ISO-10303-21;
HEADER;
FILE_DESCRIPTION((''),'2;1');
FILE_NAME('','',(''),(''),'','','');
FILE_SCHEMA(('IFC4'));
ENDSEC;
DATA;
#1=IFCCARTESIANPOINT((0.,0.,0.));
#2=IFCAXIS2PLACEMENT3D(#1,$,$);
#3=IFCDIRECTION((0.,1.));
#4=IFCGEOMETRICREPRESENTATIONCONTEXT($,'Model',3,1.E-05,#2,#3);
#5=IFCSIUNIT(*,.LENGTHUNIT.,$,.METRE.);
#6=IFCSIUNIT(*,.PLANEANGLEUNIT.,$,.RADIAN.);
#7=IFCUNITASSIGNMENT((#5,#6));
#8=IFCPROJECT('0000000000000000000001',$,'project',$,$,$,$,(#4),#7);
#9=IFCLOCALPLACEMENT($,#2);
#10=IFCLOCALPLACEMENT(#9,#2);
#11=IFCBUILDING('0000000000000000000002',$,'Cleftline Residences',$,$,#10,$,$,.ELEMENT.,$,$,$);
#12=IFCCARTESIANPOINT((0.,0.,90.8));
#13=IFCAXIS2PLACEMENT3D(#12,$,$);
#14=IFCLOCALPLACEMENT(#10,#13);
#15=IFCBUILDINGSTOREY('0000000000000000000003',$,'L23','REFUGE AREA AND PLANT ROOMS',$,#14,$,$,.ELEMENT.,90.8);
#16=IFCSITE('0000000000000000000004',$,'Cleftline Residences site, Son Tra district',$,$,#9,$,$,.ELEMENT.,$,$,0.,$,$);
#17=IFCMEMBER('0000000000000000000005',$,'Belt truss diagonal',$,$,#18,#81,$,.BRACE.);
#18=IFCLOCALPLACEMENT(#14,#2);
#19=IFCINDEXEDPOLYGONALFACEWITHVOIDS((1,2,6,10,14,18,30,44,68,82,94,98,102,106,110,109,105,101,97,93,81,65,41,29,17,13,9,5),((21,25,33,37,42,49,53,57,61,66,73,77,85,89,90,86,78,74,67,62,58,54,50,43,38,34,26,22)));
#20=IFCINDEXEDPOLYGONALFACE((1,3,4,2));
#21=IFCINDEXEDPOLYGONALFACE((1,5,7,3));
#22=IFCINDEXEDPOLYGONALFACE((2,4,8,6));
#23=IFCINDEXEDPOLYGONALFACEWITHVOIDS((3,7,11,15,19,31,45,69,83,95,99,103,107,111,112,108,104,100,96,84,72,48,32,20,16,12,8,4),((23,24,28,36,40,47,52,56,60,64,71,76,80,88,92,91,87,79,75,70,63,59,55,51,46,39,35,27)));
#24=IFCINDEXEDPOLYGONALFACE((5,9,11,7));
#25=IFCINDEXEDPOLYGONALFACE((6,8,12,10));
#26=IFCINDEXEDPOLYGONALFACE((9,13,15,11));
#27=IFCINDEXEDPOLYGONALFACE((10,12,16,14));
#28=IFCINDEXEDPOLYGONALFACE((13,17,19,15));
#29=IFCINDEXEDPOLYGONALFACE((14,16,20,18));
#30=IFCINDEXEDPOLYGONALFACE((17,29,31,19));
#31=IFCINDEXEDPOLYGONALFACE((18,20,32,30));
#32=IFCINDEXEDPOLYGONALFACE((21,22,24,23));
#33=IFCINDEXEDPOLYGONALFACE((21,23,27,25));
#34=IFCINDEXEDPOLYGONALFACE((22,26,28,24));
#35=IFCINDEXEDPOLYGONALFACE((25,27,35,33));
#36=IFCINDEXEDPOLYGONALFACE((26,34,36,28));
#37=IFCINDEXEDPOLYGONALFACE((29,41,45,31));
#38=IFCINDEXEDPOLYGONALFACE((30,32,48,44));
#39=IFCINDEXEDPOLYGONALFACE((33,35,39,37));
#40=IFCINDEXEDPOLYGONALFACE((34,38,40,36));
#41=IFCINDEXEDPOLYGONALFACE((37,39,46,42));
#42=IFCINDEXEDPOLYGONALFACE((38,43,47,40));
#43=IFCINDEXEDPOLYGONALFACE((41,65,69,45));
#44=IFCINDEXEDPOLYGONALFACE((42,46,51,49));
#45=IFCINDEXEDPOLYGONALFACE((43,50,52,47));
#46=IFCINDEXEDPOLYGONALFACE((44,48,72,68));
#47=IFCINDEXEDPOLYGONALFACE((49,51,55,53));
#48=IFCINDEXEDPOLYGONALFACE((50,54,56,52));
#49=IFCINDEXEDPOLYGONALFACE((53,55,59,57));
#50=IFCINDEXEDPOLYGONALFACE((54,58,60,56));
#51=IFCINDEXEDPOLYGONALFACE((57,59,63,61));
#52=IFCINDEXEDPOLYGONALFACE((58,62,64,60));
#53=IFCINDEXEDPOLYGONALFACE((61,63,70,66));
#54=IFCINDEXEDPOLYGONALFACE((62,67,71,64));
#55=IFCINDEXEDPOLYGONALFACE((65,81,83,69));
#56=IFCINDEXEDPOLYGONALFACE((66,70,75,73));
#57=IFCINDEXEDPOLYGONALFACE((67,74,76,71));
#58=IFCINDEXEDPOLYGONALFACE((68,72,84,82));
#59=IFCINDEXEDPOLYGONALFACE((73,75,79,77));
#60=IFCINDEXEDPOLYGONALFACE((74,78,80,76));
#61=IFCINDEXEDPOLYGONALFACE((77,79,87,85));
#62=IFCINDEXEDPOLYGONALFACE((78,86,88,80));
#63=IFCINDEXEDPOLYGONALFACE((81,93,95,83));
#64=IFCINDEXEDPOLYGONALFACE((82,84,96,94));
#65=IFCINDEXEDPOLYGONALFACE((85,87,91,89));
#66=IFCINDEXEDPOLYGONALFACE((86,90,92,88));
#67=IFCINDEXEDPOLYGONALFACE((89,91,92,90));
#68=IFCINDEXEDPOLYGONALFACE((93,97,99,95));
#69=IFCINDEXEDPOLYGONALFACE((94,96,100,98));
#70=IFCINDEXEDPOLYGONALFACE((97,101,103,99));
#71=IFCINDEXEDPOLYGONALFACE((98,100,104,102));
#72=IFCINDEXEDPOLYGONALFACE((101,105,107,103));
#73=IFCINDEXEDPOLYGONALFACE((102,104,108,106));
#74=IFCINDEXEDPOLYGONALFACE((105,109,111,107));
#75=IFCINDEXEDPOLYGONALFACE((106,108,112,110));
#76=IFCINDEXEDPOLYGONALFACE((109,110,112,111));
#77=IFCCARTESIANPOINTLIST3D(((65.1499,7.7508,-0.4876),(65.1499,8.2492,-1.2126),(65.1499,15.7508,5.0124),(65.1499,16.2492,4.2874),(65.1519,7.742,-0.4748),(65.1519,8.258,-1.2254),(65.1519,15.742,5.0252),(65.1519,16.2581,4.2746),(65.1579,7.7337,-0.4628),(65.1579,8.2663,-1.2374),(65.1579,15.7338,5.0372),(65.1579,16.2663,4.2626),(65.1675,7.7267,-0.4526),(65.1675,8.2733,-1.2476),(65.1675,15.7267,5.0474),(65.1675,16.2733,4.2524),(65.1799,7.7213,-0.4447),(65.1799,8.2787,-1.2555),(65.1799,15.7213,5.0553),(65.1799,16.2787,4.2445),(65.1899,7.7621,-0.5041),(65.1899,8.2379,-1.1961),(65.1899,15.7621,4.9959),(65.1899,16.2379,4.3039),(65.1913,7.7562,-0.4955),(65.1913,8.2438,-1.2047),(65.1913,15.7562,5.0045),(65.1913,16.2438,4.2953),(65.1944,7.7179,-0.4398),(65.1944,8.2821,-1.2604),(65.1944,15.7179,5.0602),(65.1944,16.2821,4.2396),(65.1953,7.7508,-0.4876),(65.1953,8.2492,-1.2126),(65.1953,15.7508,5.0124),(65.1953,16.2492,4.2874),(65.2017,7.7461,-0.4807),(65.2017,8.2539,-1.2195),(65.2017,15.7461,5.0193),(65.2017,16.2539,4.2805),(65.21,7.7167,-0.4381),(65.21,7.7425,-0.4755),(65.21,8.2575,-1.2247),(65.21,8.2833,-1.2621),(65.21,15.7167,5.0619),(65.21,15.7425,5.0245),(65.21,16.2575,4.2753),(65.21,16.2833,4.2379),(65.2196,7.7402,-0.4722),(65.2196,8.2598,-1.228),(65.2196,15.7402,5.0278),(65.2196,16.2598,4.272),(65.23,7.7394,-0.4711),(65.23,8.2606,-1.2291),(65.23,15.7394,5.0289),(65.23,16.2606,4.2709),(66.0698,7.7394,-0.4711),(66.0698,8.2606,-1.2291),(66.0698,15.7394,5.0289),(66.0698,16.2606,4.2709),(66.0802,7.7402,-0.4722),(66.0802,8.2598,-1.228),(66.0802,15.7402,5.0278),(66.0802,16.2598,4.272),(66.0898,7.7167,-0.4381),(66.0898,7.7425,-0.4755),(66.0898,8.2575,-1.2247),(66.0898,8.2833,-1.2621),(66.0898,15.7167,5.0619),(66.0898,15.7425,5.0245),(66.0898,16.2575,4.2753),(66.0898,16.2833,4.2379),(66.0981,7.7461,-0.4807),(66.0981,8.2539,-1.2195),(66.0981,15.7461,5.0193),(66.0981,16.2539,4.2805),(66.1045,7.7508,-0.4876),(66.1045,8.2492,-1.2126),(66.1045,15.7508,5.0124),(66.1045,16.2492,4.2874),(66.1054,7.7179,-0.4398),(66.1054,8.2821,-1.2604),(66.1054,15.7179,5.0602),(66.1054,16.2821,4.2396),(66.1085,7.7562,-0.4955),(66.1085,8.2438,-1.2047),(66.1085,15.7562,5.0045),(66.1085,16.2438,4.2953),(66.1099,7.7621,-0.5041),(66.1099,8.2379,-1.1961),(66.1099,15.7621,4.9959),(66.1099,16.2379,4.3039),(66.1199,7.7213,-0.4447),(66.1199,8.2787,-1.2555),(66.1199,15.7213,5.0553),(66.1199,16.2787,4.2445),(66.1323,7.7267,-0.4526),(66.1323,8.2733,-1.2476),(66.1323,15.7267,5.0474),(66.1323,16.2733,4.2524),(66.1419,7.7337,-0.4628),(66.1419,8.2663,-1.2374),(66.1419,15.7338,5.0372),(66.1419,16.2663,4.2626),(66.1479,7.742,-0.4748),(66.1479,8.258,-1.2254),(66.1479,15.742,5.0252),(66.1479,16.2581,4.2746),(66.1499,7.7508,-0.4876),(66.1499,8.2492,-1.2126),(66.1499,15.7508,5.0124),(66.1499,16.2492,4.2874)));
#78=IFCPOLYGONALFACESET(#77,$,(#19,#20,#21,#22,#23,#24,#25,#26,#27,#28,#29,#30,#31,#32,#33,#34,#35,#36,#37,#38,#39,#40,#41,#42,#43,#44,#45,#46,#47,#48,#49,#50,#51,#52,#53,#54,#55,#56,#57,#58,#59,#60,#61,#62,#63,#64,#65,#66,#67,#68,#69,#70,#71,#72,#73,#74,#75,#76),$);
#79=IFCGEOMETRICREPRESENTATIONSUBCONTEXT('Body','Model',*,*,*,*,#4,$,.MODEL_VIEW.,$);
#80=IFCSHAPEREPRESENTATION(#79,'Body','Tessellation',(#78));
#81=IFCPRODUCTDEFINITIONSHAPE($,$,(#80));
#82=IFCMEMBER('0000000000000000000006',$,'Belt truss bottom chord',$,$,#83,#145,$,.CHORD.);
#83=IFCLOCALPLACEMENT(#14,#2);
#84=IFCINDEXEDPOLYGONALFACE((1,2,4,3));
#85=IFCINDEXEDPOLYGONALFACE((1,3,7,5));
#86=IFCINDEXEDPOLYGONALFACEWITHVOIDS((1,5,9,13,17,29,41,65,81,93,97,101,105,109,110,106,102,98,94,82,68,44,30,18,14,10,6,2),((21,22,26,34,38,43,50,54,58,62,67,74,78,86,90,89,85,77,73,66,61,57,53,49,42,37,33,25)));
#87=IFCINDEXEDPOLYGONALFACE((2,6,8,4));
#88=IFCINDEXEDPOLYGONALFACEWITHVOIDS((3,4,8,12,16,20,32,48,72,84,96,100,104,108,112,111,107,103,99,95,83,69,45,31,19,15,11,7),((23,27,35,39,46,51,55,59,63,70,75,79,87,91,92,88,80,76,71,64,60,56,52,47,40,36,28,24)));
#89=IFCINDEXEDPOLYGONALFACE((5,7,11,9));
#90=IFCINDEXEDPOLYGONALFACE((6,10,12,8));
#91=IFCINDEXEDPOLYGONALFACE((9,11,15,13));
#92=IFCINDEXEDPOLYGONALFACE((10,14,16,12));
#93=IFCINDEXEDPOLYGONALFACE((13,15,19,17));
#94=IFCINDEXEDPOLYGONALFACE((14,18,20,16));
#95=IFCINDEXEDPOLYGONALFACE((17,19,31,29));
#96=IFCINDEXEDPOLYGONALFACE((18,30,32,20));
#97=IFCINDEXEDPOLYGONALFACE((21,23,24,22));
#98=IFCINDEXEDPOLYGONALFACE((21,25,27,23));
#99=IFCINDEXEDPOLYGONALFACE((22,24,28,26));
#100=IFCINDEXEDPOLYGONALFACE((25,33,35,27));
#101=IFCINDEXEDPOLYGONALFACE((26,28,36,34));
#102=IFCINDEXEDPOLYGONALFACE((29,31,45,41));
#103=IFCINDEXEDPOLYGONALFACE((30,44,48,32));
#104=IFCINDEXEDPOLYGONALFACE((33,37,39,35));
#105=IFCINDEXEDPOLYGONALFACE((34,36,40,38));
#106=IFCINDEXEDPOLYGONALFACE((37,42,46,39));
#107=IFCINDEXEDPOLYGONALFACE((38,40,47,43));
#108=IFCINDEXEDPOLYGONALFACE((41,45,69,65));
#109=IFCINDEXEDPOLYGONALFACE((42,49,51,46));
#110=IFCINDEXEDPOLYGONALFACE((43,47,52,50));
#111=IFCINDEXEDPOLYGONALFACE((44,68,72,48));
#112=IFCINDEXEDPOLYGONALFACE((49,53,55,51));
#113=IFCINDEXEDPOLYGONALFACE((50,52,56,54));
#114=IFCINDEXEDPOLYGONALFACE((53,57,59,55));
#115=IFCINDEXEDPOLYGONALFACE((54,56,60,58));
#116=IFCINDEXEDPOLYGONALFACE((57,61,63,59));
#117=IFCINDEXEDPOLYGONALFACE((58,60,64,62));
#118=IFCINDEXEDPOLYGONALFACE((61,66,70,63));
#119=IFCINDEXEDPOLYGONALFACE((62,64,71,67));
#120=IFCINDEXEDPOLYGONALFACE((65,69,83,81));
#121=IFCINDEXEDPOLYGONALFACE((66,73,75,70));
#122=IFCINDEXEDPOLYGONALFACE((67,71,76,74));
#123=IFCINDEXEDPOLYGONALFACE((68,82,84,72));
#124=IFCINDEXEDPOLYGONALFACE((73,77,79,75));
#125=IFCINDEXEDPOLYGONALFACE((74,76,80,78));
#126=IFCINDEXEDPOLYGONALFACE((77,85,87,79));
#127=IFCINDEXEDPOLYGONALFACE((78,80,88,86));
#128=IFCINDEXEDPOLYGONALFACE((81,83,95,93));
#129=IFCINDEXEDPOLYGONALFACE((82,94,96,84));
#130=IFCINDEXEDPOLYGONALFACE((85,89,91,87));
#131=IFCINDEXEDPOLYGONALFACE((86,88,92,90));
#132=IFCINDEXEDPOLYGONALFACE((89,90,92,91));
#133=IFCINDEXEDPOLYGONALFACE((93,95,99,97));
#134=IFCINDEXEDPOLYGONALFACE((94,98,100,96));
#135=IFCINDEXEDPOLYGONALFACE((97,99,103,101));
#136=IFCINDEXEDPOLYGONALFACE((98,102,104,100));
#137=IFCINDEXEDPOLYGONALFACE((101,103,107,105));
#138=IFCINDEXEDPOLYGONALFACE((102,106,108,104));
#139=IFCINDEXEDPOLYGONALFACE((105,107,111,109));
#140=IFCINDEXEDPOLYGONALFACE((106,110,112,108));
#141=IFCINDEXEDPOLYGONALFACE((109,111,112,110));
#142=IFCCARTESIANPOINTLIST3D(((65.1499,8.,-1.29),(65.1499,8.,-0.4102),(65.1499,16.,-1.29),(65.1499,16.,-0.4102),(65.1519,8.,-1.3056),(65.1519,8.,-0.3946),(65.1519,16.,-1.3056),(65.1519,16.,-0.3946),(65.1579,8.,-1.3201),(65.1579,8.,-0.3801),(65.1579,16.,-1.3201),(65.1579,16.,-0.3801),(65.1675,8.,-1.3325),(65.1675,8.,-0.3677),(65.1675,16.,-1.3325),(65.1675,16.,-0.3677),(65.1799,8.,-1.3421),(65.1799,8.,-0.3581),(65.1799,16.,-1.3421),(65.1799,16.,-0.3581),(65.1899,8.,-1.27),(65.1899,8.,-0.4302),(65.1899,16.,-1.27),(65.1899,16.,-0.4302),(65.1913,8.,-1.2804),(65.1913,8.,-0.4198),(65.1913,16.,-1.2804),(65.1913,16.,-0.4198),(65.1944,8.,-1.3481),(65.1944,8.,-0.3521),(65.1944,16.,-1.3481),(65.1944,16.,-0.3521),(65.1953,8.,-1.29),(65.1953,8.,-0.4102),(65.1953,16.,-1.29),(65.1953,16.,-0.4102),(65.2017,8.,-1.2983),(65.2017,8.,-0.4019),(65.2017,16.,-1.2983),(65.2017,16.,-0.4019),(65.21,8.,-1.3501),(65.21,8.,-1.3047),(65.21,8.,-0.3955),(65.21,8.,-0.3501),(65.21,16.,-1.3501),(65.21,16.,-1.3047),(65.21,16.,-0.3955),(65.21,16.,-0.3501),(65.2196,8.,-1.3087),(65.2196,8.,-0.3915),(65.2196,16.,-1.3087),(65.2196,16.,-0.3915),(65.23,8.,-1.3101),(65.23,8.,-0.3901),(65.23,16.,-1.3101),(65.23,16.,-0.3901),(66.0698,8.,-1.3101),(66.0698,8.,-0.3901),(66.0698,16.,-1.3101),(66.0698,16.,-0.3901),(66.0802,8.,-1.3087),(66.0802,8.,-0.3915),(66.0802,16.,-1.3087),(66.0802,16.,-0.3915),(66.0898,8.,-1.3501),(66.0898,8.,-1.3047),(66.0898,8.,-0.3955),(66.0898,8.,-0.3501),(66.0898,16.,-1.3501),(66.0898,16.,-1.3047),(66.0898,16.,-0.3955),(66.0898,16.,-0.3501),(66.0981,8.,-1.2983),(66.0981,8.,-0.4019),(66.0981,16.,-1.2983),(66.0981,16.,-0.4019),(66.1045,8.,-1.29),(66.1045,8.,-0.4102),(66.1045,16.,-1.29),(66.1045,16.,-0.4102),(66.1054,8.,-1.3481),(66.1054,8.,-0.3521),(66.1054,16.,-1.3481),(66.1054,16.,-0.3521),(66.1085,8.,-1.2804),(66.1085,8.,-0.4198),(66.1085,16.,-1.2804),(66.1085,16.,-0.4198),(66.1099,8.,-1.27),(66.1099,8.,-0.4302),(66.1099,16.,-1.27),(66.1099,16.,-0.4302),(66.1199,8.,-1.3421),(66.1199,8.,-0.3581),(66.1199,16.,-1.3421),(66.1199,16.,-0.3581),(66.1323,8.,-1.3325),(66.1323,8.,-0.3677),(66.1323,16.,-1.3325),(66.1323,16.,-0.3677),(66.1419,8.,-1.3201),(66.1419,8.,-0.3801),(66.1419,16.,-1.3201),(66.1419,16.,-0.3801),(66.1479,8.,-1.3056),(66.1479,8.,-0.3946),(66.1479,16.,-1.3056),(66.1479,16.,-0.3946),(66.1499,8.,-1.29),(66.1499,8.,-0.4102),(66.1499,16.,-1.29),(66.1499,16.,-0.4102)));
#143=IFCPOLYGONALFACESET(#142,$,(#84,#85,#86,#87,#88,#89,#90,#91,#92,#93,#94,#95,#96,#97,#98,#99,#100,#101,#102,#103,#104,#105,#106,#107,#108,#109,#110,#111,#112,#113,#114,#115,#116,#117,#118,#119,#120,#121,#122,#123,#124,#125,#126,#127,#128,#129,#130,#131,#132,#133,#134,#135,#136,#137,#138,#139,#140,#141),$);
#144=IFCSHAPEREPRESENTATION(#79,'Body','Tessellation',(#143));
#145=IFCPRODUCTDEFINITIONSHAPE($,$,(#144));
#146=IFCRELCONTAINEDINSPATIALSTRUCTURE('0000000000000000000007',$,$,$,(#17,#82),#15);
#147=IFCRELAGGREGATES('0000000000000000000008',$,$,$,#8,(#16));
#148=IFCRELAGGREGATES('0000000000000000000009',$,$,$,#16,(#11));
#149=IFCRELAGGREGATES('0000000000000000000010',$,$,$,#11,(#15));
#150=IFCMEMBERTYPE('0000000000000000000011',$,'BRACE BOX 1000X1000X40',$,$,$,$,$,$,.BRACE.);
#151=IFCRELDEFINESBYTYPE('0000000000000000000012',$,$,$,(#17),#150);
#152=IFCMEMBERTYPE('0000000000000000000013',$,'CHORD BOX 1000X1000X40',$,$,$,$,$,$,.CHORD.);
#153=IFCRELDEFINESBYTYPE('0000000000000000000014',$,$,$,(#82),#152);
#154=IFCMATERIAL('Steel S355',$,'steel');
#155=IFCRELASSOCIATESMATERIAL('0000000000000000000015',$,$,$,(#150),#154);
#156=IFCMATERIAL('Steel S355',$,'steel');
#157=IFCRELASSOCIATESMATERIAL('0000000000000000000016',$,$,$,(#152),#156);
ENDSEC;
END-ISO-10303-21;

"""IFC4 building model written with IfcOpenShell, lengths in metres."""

from ifc_helpers import new_model, si_unit, direction, frame, origin, origin_2d, place, context, subcontext, project, spatial, hollow_rectangle, extrude, material, material_profile, profile_set, type_object, element, save


model = new_model("IFC4")

# Units and contexts
model_context = context("Model", 3, precision=1e-05, world=origin(), true_north=direction((0.0, 1.0)))
body_context = subcontext(model_context, "Body", "Model", "MODEL_VIEW")
ifc_project = project(units=[si_unit("LENGTHUNIT", "METRE"), si_unit("PLANEANGLEUNIT", "RADIAN")], contexts=[model_context])

# Site, building, storey
site_placement = place(None, origin())
site = spatial("IfcSite", under=ifc_project, at=site_placement, Name="Cleftline Residences site, Son Tra district", CompositionType="ELEMENT", RefElevation=0.0)
building_placement = place(site_placement, origin())
building = spatial("IfcBuilding", under=site, at=building_placement, Name="Cleftline Residences", CompositionType="ELEMENT")
storey_placement = place(building_placement, frame((0.0, 0.0, 90.8)))
storey = spatial("IfcBuildingStorey", under=building, at=storey_placement, Name="L23", Description="REFUGE AREA AND PLANT ROOMS", CompositionType="ELEMENT", Elevation=90.8)

# Members
ifc_material_1 = material(Name="Steel S355", Category="steel")
ifc_material_profile_1 = material_profile(ifc_material_1, hollow_rectangle(XDim=1.0, YDim=1.0, WallThickness=0.04, InnerFilletRadius=0.04, OuterFilletRadius=0.0601, at=origin_2d()))
ifc_profile_set_1 = profile_set([ifc_material_profile_1], Name="Steel S355")
member_type_1 = type_object("IfcMemberType", Name="BRACE BOX 1000X1000X40", PredefinedType="BRACE", material=ifc_profile_set_1)
member_1_placement = place(storey_placement, frame((65.6499, 8.0, -0.8501), z_axis=(0.0, 0.824042, 0.566529), x_axis=(0.0, -0.566529, 0.824042)))
element("IfcMember", 1, at=member_1_placement, inside=storey, type_object=member_type_1, Name="Belt truss diagonal", PredefinedType="BRACE", context=body_context, shape_type="SweptSolid", body=[
    extrude(hollow_rectangle(XDim=1.0, YDim=1.0, WallThickness=0.04, InnerFilletRadius=0.04, OuterFilletRadius=0.0601, at=origin_2d()), origin(), (0.0, 0.0, 1.0), 9.7083),
])
ifc_material_2 = material(Name="Steel S355", Category="steel")
ifc_material_profile_2 = material_profile(ifc_material_2, hollow_rectangle(XDim=1.0, YDim=1.0, WallThickness=0.04, InnerFilletRadius=0.04, OuterFilletRadius=0.0601, at=origin_2d()))
ifc_profile_set_2 = profile_set([ifc_material_profile_2], Name="Steel S355")
member_type_2 = type_object("IfcMemberType", Name="CHORD BOX 1000X1000X40", PredefinedType="CHORD", material=ifc_profile_set_2)
for number, where, z_axis, x_axis, name in (
    (2, (65.6499, 8.0, -0.8501), (0.0, 1.0, 0.0), (-1.0, 0.0, 0.0), "Belt truss bottom chord"),
):
    element("IfcMember", number, at=place(storey_placement, frame(where, z_axis=z_axis, x_axis=x_axis)), inside=storey, type_object=member_type_2, Name=name, PredefinedType="CHORD", context=body_context, shape_type="SweptSolid", body=[
        extrude(hollow_rectangle(XDim=1.0, YDim=1.0, WallThickness=0.04, InnerFilletRadius=0.04, OuterFilletRadius=0.0601, at=origin_2d()), origin(), (0.0, 0.0, 1.0), 8.0),
    ])

save(model, "model.ifc")
